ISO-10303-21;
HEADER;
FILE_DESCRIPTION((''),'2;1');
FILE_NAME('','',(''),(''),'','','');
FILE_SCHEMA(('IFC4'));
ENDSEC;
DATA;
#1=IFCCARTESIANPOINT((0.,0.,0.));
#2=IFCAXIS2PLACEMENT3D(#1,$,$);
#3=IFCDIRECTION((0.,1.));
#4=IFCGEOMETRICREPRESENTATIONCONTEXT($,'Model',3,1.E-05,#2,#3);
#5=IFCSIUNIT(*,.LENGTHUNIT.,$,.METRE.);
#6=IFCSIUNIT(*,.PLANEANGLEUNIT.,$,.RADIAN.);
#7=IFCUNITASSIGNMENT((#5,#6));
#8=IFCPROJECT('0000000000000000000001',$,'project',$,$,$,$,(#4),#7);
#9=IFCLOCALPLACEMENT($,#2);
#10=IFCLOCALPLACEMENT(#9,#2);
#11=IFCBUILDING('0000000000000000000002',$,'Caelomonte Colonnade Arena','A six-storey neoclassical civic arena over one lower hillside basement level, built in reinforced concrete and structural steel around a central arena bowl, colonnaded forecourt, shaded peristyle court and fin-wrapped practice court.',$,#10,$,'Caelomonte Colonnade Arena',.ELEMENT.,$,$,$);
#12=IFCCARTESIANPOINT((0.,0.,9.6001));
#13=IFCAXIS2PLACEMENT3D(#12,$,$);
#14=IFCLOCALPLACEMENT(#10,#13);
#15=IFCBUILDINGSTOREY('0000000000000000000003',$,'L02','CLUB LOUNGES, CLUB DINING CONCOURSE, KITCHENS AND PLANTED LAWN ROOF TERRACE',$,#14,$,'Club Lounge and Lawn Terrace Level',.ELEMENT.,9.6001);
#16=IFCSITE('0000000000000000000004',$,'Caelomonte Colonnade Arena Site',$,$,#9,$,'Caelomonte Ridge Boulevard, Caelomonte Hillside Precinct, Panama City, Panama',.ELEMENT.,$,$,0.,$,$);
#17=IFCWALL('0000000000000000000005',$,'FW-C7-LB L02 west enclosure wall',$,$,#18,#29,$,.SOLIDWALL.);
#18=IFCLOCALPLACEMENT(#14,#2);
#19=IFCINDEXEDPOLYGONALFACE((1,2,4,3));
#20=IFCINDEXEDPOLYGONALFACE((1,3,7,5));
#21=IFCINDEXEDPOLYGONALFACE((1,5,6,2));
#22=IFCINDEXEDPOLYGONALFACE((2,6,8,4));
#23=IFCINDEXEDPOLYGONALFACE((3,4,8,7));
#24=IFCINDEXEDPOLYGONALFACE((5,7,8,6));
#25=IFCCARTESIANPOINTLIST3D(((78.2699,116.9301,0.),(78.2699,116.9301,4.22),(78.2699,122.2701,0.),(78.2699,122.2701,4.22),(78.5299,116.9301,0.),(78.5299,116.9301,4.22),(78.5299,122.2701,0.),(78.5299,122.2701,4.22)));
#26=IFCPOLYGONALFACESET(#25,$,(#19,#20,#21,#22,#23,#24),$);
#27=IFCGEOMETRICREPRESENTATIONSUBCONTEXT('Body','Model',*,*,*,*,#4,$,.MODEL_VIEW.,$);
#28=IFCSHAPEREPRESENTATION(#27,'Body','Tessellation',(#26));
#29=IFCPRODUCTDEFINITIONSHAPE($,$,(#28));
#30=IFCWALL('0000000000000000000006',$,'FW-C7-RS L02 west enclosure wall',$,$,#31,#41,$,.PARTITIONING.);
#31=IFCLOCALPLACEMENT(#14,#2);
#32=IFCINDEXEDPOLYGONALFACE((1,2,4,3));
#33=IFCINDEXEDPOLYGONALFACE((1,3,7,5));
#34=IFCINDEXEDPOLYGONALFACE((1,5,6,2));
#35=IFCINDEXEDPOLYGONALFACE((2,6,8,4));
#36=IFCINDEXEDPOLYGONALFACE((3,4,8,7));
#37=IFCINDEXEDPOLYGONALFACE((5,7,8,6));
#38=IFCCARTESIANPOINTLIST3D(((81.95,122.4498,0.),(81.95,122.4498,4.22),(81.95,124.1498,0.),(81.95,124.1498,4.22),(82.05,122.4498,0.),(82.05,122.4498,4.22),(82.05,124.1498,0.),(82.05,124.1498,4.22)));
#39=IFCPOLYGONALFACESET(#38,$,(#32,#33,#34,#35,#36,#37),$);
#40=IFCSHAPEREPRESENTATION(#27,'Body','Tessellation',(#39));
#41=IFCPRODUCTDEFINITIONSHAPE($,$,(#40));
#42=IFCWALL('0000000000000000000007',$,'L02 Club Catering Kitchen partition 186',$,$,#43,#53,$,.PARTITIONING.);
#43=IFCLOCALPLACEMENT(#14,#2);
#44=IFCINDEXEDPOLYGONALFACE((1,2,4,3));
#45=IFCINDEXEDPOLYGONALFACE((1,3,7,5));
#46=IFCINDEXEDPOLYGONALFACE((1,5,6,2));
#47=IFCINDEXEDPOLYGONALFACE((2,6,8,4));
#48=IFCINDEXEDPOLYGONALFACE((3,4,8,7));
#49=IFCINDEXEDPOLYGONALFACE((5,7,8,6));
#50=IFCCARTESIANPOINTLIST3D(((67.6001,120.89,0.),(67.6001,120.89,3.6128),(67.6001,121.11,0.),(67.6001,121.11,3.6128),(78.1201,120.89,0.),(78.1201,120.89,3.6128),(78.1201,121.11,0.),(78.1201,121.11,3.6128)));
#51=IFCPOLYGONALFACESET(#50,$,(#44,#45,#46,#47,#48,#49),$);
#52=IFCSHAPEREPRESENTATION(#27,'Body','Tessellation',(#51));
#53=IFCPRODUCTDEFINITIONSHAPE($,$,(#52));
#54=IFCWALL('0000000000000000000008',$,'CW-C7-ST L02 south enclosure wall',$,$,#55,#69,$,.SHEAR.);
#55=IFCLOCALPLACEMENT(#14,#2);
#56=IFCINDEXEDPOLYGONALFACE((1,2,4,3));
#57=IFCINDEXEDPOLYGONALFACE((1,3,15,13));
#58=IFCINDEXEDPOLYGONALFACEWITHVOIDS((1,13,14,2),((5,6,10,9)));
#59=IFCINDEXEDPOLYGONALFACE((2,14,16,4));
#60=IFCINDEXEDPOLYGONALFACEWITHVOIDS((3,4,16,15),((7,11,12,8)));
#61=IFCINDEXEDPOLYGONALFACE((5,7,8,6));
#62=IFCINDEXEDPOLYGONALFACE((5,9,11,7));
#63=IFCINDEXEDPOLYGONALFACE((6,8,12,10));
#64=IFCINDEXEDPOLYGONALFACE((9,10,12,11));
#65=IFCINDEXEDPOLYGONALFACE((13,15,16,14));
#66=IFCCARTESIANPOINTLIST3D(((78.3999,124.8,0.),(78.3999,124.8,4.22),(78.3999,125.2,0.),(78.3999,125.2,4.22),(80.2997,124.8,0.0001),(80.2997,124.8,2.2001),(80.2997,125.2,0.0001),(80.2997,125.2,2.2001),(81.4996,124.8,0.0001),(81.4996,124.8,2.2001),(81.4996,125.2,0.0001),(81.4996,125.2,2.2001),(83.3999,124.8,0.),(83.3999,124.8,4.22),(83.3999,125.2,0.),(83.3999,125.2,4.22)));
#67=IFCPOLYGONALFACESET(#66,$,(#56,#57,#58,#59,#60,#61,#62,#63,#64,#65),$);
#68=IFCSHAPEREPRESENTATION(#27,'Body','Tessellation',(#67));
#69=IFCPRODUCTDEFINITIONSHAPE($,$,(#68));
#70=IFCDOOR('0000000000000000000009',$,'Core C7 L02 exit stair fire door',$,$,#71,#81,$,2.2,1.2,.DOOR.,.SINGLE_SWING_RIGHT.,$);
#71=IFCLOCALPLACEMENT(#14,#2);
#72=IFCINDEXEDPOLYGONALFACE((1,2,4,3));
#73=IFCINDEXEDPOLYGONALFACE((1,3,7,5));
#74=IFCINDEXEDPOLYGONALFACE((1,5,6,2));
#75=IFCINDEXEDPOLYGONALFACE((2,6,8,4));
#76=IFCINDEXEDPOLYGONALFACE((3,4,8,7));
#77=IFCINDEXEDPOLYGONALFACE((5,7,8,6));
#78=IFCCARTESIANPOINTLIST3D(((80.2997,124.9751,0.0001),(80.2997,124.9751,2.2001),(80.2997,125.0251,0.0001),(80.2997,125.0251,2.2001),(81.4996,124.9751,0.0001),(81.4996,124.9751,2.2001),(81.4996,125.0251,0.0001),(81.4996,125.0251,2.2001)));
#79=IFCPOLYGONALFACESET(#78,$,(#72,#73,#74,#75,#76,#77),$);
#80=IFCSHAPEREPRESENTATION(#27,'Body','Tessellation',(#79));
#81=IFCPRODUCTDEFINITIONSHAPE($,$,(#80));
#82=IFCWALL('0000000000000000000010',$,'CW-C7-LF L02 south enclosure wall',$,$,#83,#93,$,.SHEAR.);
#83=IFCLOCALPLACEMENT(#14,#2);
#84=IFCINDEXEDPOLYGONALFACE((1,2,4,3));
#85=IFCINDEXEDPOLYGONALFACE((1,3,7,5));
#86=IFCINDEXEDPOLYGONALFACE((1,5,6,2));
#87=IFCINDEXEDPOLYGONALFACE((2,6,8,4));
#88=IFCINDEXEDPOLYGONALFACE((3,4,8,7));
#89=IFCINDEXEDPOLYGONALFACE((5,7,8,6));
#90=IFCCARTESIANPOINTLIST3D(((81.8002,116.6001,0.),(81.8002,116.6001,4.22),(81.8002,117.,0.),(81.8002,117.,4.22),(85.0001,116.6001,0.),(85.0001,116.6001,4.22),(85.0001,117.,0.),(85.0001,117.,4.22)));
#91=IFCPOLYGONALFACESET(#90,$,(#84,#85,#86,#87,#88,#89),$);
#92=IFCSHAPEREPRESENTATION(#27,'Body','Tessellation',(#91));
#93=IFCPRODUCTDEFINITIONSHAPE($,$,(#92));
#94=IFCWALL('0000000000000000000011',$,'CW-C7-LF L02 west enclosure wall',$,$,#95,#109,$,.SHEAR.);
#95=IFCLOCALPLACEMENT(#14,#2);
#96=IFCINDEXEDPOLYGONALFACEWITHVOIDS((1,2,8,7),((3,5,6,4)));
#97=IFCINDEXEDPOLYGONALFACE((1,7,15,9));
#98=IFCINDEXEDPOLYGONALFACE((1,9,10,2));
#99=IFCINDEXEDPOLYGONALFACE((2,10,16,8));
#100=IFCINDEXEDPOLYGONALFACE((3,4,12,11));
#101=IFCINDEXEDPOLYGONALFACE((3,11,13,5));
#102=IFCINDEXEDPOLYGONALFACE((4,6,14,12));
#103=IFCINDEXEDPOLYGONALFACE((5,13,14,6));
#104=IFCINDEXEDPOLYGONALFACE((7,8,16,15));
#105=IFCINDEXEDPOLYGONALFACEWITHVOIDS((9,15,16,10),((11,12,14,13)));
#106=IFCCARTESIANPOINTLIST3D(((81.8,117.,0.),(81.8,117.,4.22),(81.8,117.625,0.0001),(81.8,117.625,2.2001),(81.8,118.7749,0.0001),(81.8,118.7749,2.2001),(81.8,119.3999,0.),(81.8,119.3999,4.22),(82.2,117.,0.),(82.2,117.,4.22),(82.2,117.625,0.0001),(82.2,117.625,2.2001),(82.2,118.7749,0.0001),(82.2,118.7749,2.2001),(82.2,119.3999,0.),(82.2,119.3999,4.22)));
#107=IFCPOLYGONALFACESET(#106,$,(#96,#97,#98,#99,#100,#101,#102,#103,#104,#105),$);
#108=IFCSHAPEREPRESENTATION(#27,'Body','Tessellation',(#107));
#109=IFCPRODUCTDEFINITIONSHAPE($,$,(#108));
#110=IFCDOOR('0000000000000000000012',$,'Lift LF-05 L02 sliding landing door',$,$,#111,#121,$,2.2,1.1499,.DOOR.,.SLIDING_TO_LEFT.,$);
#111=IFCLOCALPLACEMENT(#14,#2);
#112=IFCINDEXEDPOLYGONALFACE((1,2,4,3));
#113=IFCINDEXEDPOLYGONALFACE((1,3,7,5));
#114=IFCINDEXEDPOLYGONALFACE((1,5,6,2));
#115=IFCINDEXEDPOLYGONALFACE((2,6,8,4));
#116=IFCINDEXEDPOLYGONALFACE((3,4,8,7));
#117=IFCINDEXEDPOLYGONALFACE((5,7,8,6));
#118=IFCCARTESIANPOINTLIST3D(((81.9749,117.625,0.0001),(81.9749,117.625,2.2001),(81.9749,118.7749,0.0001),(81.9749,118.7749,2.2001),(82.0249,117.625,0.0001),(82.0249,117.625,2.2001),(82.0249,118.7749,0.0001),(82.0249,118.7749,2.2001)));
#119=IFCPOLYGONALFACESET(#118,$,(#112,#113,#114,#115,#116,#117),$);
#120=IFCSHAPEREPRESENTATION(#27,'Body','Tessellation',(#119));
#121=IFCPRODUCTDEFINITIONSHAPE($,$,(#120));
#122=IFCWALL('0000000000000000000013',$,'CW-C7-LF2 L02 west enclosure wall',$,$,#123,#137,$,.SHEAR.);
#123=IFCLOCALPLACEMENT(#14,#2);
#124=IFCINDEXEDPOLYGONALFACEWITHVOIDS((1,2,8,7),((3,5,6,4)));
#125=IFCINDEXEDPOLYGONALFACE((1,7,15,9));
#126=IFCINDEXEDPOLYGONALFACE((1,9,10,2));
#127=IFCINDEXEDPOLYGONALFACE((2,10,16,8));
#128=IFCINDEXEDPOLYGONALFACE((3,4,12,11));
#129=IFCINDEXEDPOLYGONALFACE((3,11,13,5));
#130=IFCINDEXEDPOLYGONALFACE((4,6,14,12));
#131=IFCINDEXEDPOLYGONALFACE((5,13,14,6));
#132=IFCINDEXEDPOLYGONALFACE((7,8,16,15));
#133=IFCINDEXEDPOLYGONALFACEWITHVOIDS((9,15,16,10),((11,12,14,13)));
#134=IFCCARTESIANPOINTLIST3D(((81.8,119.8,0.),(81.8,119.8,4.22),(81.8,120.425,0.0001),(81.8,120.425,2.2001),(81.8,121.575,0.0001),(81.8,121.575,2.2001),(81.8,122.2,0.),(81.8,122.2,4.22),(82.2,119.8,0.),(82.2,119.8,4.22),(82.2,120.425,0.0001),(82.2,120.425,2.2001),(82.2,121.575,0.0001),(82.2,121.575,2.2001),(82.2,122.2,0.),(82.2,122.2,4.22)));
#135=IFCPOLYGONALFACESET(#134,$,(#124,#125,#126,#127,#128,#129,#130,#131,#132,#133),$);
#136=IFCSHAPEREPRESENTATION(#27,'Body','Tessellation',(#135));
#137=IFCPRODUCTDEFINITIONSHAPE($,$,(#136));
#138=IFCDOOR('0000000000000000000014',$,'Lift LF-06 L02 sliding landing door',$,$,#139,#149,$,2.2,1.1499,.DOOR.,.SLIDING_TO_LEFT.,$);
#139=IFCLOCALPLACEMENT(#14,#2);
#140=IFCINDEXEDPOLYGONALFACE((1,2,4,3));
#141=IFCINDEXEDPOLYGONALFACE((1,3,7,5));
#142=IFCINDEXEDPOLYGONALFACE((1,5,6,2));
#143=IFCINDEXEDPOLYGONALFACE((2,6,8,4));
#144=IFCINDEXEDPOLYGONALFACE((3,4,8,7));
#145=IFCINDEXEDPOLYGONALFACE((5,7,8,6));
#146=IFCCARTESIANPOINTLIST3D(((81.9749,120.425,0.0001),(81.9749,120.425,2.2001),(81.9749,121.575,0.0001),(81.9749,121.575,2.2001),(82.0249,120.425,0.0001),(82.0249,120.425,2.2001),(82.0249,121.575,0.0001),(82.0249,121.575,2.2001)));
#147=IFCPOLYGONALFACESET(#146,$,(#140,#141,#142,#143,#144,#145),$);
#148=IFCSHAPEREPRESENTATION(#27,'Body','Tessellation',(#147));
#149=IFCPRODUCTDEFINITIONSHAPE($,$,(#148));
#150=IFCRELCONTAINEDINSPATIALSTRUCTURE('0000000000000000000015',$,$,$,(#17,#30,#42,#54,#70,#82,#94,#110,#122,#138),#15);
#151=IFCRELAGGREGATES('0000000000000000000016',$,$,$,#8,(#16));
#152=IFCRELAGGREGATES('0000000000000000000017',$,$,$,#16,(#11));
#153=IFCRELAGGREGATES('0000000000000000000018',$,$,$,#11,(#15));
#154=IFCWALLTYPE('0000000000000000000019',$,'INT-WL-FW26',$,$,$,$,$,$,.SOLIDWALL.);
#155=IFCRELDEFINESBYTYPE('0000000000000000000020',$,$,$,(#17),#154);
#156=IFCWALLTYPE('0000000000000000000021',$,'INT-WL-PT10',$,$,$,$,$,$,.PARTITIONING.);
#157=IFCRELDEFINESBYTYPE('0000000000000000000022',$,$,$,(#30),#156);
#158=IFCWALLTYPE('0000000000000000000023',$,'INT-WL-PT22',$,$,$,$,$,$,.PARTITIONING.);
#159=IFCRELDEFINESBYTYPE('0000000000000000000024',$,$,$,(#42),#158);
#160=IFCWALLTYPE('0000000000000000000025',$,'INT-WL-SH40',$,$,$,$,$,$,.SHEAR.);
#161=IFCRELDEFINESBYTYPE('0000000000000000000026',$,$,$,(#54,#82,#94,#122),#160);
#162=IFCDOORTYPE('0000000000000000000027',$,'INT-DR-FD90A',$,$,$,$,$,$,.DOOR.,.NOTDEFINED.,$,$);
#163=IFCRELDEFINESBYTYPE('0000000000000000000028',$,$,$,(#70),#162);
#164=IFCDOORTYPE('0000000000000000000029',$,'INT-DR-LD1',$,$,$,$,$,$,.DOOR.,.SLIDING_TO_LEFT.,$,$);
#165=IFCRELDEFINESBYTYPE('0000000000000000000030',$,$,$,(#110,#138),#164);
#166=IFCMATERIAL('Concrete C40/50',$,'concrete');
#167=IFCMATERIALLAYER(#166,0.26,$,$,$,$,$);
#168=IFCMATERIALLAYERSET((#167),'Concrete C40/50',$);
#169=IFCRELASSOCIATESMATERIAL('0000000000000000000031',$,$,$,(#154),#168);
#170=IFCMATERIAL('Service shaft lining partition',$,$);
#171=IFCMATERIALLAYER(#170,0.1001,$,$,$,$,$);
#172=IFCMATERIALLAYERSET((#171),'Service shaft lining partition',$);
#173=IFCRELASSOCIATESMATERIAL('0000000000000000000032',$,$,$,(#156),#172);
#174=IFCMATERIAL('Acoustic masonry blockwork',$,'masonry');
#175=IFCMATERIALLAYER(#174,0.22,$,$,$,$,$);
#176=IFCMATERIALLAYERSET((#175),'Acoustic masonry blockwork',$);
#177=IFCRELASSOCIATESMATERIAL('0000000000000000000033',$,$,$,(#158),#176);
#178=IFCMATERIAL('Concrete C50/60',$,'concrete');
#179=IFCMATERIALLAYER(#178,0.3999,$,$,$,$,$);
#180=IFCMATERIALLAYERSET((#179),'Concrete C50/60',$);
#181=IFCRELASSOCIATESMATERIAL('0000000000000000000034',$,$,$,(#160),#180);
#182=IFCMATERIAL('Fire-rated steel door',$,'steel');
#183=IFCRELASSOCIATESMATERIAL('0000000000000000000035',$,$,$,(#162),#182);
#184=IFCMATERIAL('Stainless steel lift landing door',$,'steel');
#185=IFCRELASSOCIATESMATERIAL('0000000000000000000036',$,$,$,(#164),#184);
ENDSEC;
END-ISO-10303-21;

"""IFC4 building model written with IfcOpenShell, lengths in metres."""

from ifc_helpers import new_model, si_unit, direction, frame, frame_2d, origin, place, context, subcontext, project, spatial, rectangle, extrude, material, layer, layer_set, type_object, element, fill, save


model = new_model("IFC4")

# Units and contexts
model_context = context("Model", 3, precision=1e-05, world=origin(), true_north=direction((0.0, 1.0)))
body_context = subcontext(model_context, "Body", "Model", "MODEL_VIEW")
ifc_project = project(units=[si_unit("LENGTHUNIT", "METRE"), si_unit("PLANEANGLEUNIT", "RADIAN")], contexts=[model_context])

# Site, building, storey
site_placement = place(None, origin())
site = spatial("IfcSite", under=ifc_project, at=site_placement, Name="Caelomonte Colonnade Arena Site", LongName="Caelomonte Ridge Boulevard, Caelomonte Hillside Precinct, Panama City, Panama", CompositionType="ELEMENT", RefElevation=0.0)
building_placement = place(site_placement, origin())
building = spatial("IfcBuilding", under=site, at=building_placement, Name="Caelomonte Colonnade Arena", Description="A six-storey neoclassical civic arena over one lower hillside basement level, built in reinforced concrete and structural steel around a central arena bowl, colonnaded forecourt, shaded peristyle court and fin-wrapped practice court.", LongName="Caelomonte Colonnade Arena", CompositionType="ELEMENT")
storey_placement = place(building_placement, frame((0.0, 0.0, 9.6001)))
storey = spatial("IfcBuildingStorey", under=building, at=storey_placement, Name="L02", Description="CLUB LOUNGES, CLUB DINING CONCOURSE, KITCHENS AND PLANTED LAWN ROOF TERRACE", LongName="Club Lounge and Lawn Terrace Level", CompositionType="ELEMENT", Elevation=9.6001)

# Shared definitions
ifc_material_1 = material(Name="Concrete C40/50", Category="concrete")

# Shared definitions
ifc_layer_1 = layer(ifc_material_1, 0.26)
ifc_layer_set_1 = layer_set([ifc_layer_1], Name="Concrete C40/50")
wall_type_1 = type_object("IfcWallType", Name="INT-WL-FW26", PredefinedType="SOLIDWALL", material=ifc_layer_set_1)

# Walls
wall_1_placement = place(storey_placement, frame((78.3999, 122.27, 0.0), z_axis=(0.0, 0.0, 1.0), x_axis=(0.0, -1.0, 0.0)))
element("IfcWall", 1, at=wall_1_placement, inside=storey, type_object=wall_type_1, Name="FW-C7-LB L02 west enclosure wall", PredefinedType="SOLIDWALL", context=body_context, shape_type="SweptSolid", body=[
    extrude(rectangle(XDim=5.3401, YDim=0.26, at=frame_2d((2.6699, 0.0))), origin(), (0.0, 0.0, 1.0), 4.22),
])
ifc_material_2 = material(Name="Service shaft lining partition")
ifc_layer_2 = layer(ifc_material_2, 0.1001)
ifc_layer_set_2 = layer_set([ifc_layer_2], Name="Service shaft lining partition")
wall_type_2 = type_object("IfcWallType", Name="INT-WL-PT10", PredefinedType="PARTITIONING", material=ifc_layer_set_2)
wall_2_placement = place(storey_placement, frame((82.0, 124.1499, 0.0), z_axis=(0.0, 0.0, 1.0), x_axis=(0.0, -1.0, 0.0)))
element("IfcWall", 2, at=wall_2_placement, inside=storey, type_object=wall_type_2, Name="FW-C7-RS L02 west enclosure wall", PredefinedType="PARTITIONING", context=body_context, shape_type="SweptSolid", body=[
    extrude(rectangle(XDim=1.7, YDim=0.1001, at=frame_2d((0.8501, 0.0))), origin(), (0.0, 0.0, 1.0), 4.22),
])
ifc_material_3 = material(Name="Acoustic masonry blockwork", Category="masonry")
ifc_layer_3 = layer(ifc_material_3, 0.22)
ifc_layer_set_3 = layer_set([ifc_layer_3], Name="Acoustic masonry blockwork")
wall_type_3 = type_object("IfcWallType", Name="INT-WL-PT22", PredefinedType="PARTITIONING", material=ifc_layer_set_3)
wall_3_placement = place(storey_placement, frame((78.1201, 121.0, 0.0), z_axis=(0.0, 0.0, 1.0), x_axis=(-1.0, 0.0, 0.0)))
element("IfcWall", 3, at=wall_3_placement, inside=storey, type_object=wall_type_3, Name="L02 Club Catering Kitchen partition 186", PredefinedType="PARTITIONING", context=body_context, shape_type="SweptSolid", body=[
    extrude(rectangle(XDim=10.52, YDim=0.22, at=frame_2d((5.26, 0.0))), origin(), (0.0, 0.0, 1.0), 3.6128),
])

# Wall, opening, door
ifc_material_4 = material(Name="Concrete C50/60", Category="concrete")
ifc_layer_4 = layer(ifc_material_4, 0.3999)
ifc_layer_set_4 = layer_set([ifc_layer_4], Name="Concrete C50/60")
wall_type_4 = type_object("IfcWallType", Name="INT-WL-SH40", PredefinedType="SHEAR", material=ifc_layer_set_4)
wall_4_placement = place(storey_placement, frame((78.3999, 125.0, 0.0), z_axis=(0.0, 0.0, 1.0), x_axis=(1.0, 0.0, 0.0)))
wall_4 = element("IfcWall", 4, at=wall_4_placement, inside=storey, type_object=wall_type_4, Name="CW-C7-ST L02 south enclosure wall", PredefinedType="SHEAR", context=body_context, shape_type="SweptSolid", body=[
    extrude(rectangle(XDim=5.0, YDim=0.3999, at=frame_2d((2.5, 0.0))), origin(), (0.0, 0.0, 1.0), 4.22),
])
opening_1_placement = place(wall_4_placement, frame((3.0999, 0.0, 0.0), z_axis=(0.0, 0.0, 1.0), x_axis=(-1.0, 0.0, 0.0)))
opening_1 = element("IfcOpeningElement", 5, at=opening_1_placement, cuts=wall_4, PredefinedType="OPENING", context=body_context, shape_type="SweptSolid", body=[
    extrude(rectangle(XDim=1.2, YDim=2.2, at=frame_2d((0.6001, 1.1001))), frame((0.0, 0.21, 0.0), z_axis=(0.0, -1.0, 0.0), x_axis=(1.0, 0.0, 0.0)), (0.0, 0.0, 1.0), 0.4199),
])
ifc_material_5 = material(Name="Fire-rated steel door", Category="steel")
door_type_1 = type_object("IfcDoorType", Name="INT-DR-FD90A", OperationType="NOTDEFINED", PredefinedType="DOOR", material=ifc_material_5)
door_1_placement = place(opening_1_placement, origin())
door_1 = element("IfcDoor", 6, at=door_1_placement, inside=storey, type_object=door_type_1, Name="Core C7 L02 exit stair fire door", OperationType="SINGLE_SWING_RIGHT", OverallHeight=2.2, OverallWidth=1.2, PredefinedType="DOOR", context=body_context, shape_type="SweptSolid", body=[
    extrude(rectangle(XDim=1.2, YDim=2.2, at=frame_2d((0.6001, 1.1001))), frame((0.0, 0.0249, 0.0), z_axis=(0.0, -1.0, 0.0), x_axis=(1.0, 0.0, 0.0)), (0.0, 0.0, 1.0), 0.05),
])
fill(opening_1, door_1)

# Wall
wall_5_placement = place(storey_placement, frame((81.8, 116.8, 0.0), z_axis=(0.0, 0.0, 1.0), x_axis=(1.0, 0.0, 0.0)))
element("IfcWall", 7, at=wall_5_placement, inside=storey, type_object=wall_type_4, Name="CW-C7-LF L02 south enclosure wall", PredefinedType="SHEAR", context=body_context, shape_type="SweptSolid", body=[
    extrude(rectangle(XDim=3.2, YDim=0.3999, at=frame_2d((1.6001, 0.0))), origin(), (0.0, 0.0, 1.0), 4.22),
])

# Walls, openings, doors
wall_6_placement = place(storey_placement, frame((82.0, 119.3999, 0.0), z_axis=(0.0, 0.0, 1.0), x_axis=(0.0, -1.0, 0.0)))
wall_6 = element("IfcWall", 8, at=wall_6_placement, inside=storey, type_object=wall_type_4, Name="CW-C7-LF L02 west enclosure wall", PredefinedType="SHEAR", context=body_context, shape_type="SweptSolid", body=[
    extrude(rectangle(XDim=2.3999, YDim=0.3999, at=frame_2d((1.2, 0.0))), origin(), (0.0, 0.0, 1.0), 4.22),
])
opening_2_placement = place(wall_6_placement, frame((0.625, 0.0, 0.0), z_axis=(0.0, 0.0, 1.0), x_axis=(1.0, 0.0, 0.0)))
opening_2 = element("IfcOpeningElement", 9, at=opening_2_placement, cuts=wall_6, PredefinedType="OPENING", context=body_context, shape_type="SweptSolid", body=[
    extrude(rectangle(XDim=1.1499, YDim=2.2, at=frame_2d((0.575, 1.1001))), frame((0.0, 0.21, 0.0), z_axis=(0.0, -1.0, 0.0), x_axis=(1.0, 0.0, 0.0)), (0.0, 0.0, 1.0), 0.4199),
])
ifc_material_6 = material(Name="Stainless steel lift landing door", Category="steel")
door_type_2 = type_object("IfcDoorType", Name="INT-DR-LD1", OperationType="SLIDING_TO_LEFT", PredefinedType="DOOR", material=ifc_material_6)
door_2_placement = place(opening_2_placement, origin())
door_2 = element("IfcDoor", 10, at=door_2_placement, inside=storey, type_object=door_type_2, Name="Lift LF-05 L02 sliding landing door", OperationType="SLIDING_TO_LEFT", OverallHeight=2.2, OverallWidth=1.1499, PredefinedType="DOOR", context=body_context, shape_type="SweptSolid", body=[
    extrude(rectangle(XDim=1.1499, YDim=2.2, at=frame_2d((0.575, 1.1001))), frame((0.0, 0.0249, 0.0), z_axis=(0.0, -1.0, 0.0), x_axis=(1.0, 0.0, 0.0)), (0.0, 0.0, 1.0), 0.05),
])
fill(opening_2, door_2)
wall_7_placement = place(storey_placement, frame((82.0, 122.2, 0.0), z_axis=(0.0, 0.0, 1.0), x_axis=(0.0, -1.0, 0.0)))
wall_7 = element("IfcWall", 11, at=wall_7_placement, inside=storey, type_object=wall_type_4, Name="CW-C7-LF2 L02 west enclosure wall", PredefinedType="SHEAR", context=body_context, shape_type="SweptSolid", body=[
    extrude(rectangle(XDim=2.3999, YDim=0.3999, at=frame_2d((1.2, 0.0))), origin(), (0.0, 0.0, 1.0), 4.22),
])
opening_3_placement = place(wall_7_placement, frame((0.625, 0.0, 0.0), z_axis=(0.0, 0.0, 1.0), x_axis=(1.0, 0.0, 0.0)))
opening_3 = element("IfcOpeningElement", 12, at=opening_3_placement, cuts=wall_7, PredefinedType="OPENING", context=body_context, shape_type="SweptSolid", body=[
    extrude(rectangle(XDim=1.1499, YDim=2.2, at=frame_2d((0.575, 1.1001))), frame((0.0, 0.21, 0.0), z_axis=(0.0, -1.0, 0.0), x_axis=(1.0, 0.0, 0.0)), (0.0, 0.0, 1.0), 0.4199),
])
door_3_placement = place(opening_3_placement, origin())
door_3 = element("IfcDoor", 13, at=door_3_placement, inside=storey, type_object=door_type_2, Name="Lift LF-06 L02 sliding landing door", OperationType="SLIDING_TO_LEFT", OverallHeight=2.2, OverallWidth=1.1499, PredefinedType="DOOR", context=body_context, shape_type="SweptSolid", body=[
    extrude(rectangle(XDim=1.1499, YDim=2.2, at=frame_2d((0.575, 1.1001))), frame((0.0, 0.0249, 0.0), z_axis=(0.0, -1.0, 0.0), x_axis=(1.0, 0.0, 0.0)), (0.0, 0.0, 1.0), 0.05),
])
fill(opening_3, door_3)

save(model, "model.ifc")
